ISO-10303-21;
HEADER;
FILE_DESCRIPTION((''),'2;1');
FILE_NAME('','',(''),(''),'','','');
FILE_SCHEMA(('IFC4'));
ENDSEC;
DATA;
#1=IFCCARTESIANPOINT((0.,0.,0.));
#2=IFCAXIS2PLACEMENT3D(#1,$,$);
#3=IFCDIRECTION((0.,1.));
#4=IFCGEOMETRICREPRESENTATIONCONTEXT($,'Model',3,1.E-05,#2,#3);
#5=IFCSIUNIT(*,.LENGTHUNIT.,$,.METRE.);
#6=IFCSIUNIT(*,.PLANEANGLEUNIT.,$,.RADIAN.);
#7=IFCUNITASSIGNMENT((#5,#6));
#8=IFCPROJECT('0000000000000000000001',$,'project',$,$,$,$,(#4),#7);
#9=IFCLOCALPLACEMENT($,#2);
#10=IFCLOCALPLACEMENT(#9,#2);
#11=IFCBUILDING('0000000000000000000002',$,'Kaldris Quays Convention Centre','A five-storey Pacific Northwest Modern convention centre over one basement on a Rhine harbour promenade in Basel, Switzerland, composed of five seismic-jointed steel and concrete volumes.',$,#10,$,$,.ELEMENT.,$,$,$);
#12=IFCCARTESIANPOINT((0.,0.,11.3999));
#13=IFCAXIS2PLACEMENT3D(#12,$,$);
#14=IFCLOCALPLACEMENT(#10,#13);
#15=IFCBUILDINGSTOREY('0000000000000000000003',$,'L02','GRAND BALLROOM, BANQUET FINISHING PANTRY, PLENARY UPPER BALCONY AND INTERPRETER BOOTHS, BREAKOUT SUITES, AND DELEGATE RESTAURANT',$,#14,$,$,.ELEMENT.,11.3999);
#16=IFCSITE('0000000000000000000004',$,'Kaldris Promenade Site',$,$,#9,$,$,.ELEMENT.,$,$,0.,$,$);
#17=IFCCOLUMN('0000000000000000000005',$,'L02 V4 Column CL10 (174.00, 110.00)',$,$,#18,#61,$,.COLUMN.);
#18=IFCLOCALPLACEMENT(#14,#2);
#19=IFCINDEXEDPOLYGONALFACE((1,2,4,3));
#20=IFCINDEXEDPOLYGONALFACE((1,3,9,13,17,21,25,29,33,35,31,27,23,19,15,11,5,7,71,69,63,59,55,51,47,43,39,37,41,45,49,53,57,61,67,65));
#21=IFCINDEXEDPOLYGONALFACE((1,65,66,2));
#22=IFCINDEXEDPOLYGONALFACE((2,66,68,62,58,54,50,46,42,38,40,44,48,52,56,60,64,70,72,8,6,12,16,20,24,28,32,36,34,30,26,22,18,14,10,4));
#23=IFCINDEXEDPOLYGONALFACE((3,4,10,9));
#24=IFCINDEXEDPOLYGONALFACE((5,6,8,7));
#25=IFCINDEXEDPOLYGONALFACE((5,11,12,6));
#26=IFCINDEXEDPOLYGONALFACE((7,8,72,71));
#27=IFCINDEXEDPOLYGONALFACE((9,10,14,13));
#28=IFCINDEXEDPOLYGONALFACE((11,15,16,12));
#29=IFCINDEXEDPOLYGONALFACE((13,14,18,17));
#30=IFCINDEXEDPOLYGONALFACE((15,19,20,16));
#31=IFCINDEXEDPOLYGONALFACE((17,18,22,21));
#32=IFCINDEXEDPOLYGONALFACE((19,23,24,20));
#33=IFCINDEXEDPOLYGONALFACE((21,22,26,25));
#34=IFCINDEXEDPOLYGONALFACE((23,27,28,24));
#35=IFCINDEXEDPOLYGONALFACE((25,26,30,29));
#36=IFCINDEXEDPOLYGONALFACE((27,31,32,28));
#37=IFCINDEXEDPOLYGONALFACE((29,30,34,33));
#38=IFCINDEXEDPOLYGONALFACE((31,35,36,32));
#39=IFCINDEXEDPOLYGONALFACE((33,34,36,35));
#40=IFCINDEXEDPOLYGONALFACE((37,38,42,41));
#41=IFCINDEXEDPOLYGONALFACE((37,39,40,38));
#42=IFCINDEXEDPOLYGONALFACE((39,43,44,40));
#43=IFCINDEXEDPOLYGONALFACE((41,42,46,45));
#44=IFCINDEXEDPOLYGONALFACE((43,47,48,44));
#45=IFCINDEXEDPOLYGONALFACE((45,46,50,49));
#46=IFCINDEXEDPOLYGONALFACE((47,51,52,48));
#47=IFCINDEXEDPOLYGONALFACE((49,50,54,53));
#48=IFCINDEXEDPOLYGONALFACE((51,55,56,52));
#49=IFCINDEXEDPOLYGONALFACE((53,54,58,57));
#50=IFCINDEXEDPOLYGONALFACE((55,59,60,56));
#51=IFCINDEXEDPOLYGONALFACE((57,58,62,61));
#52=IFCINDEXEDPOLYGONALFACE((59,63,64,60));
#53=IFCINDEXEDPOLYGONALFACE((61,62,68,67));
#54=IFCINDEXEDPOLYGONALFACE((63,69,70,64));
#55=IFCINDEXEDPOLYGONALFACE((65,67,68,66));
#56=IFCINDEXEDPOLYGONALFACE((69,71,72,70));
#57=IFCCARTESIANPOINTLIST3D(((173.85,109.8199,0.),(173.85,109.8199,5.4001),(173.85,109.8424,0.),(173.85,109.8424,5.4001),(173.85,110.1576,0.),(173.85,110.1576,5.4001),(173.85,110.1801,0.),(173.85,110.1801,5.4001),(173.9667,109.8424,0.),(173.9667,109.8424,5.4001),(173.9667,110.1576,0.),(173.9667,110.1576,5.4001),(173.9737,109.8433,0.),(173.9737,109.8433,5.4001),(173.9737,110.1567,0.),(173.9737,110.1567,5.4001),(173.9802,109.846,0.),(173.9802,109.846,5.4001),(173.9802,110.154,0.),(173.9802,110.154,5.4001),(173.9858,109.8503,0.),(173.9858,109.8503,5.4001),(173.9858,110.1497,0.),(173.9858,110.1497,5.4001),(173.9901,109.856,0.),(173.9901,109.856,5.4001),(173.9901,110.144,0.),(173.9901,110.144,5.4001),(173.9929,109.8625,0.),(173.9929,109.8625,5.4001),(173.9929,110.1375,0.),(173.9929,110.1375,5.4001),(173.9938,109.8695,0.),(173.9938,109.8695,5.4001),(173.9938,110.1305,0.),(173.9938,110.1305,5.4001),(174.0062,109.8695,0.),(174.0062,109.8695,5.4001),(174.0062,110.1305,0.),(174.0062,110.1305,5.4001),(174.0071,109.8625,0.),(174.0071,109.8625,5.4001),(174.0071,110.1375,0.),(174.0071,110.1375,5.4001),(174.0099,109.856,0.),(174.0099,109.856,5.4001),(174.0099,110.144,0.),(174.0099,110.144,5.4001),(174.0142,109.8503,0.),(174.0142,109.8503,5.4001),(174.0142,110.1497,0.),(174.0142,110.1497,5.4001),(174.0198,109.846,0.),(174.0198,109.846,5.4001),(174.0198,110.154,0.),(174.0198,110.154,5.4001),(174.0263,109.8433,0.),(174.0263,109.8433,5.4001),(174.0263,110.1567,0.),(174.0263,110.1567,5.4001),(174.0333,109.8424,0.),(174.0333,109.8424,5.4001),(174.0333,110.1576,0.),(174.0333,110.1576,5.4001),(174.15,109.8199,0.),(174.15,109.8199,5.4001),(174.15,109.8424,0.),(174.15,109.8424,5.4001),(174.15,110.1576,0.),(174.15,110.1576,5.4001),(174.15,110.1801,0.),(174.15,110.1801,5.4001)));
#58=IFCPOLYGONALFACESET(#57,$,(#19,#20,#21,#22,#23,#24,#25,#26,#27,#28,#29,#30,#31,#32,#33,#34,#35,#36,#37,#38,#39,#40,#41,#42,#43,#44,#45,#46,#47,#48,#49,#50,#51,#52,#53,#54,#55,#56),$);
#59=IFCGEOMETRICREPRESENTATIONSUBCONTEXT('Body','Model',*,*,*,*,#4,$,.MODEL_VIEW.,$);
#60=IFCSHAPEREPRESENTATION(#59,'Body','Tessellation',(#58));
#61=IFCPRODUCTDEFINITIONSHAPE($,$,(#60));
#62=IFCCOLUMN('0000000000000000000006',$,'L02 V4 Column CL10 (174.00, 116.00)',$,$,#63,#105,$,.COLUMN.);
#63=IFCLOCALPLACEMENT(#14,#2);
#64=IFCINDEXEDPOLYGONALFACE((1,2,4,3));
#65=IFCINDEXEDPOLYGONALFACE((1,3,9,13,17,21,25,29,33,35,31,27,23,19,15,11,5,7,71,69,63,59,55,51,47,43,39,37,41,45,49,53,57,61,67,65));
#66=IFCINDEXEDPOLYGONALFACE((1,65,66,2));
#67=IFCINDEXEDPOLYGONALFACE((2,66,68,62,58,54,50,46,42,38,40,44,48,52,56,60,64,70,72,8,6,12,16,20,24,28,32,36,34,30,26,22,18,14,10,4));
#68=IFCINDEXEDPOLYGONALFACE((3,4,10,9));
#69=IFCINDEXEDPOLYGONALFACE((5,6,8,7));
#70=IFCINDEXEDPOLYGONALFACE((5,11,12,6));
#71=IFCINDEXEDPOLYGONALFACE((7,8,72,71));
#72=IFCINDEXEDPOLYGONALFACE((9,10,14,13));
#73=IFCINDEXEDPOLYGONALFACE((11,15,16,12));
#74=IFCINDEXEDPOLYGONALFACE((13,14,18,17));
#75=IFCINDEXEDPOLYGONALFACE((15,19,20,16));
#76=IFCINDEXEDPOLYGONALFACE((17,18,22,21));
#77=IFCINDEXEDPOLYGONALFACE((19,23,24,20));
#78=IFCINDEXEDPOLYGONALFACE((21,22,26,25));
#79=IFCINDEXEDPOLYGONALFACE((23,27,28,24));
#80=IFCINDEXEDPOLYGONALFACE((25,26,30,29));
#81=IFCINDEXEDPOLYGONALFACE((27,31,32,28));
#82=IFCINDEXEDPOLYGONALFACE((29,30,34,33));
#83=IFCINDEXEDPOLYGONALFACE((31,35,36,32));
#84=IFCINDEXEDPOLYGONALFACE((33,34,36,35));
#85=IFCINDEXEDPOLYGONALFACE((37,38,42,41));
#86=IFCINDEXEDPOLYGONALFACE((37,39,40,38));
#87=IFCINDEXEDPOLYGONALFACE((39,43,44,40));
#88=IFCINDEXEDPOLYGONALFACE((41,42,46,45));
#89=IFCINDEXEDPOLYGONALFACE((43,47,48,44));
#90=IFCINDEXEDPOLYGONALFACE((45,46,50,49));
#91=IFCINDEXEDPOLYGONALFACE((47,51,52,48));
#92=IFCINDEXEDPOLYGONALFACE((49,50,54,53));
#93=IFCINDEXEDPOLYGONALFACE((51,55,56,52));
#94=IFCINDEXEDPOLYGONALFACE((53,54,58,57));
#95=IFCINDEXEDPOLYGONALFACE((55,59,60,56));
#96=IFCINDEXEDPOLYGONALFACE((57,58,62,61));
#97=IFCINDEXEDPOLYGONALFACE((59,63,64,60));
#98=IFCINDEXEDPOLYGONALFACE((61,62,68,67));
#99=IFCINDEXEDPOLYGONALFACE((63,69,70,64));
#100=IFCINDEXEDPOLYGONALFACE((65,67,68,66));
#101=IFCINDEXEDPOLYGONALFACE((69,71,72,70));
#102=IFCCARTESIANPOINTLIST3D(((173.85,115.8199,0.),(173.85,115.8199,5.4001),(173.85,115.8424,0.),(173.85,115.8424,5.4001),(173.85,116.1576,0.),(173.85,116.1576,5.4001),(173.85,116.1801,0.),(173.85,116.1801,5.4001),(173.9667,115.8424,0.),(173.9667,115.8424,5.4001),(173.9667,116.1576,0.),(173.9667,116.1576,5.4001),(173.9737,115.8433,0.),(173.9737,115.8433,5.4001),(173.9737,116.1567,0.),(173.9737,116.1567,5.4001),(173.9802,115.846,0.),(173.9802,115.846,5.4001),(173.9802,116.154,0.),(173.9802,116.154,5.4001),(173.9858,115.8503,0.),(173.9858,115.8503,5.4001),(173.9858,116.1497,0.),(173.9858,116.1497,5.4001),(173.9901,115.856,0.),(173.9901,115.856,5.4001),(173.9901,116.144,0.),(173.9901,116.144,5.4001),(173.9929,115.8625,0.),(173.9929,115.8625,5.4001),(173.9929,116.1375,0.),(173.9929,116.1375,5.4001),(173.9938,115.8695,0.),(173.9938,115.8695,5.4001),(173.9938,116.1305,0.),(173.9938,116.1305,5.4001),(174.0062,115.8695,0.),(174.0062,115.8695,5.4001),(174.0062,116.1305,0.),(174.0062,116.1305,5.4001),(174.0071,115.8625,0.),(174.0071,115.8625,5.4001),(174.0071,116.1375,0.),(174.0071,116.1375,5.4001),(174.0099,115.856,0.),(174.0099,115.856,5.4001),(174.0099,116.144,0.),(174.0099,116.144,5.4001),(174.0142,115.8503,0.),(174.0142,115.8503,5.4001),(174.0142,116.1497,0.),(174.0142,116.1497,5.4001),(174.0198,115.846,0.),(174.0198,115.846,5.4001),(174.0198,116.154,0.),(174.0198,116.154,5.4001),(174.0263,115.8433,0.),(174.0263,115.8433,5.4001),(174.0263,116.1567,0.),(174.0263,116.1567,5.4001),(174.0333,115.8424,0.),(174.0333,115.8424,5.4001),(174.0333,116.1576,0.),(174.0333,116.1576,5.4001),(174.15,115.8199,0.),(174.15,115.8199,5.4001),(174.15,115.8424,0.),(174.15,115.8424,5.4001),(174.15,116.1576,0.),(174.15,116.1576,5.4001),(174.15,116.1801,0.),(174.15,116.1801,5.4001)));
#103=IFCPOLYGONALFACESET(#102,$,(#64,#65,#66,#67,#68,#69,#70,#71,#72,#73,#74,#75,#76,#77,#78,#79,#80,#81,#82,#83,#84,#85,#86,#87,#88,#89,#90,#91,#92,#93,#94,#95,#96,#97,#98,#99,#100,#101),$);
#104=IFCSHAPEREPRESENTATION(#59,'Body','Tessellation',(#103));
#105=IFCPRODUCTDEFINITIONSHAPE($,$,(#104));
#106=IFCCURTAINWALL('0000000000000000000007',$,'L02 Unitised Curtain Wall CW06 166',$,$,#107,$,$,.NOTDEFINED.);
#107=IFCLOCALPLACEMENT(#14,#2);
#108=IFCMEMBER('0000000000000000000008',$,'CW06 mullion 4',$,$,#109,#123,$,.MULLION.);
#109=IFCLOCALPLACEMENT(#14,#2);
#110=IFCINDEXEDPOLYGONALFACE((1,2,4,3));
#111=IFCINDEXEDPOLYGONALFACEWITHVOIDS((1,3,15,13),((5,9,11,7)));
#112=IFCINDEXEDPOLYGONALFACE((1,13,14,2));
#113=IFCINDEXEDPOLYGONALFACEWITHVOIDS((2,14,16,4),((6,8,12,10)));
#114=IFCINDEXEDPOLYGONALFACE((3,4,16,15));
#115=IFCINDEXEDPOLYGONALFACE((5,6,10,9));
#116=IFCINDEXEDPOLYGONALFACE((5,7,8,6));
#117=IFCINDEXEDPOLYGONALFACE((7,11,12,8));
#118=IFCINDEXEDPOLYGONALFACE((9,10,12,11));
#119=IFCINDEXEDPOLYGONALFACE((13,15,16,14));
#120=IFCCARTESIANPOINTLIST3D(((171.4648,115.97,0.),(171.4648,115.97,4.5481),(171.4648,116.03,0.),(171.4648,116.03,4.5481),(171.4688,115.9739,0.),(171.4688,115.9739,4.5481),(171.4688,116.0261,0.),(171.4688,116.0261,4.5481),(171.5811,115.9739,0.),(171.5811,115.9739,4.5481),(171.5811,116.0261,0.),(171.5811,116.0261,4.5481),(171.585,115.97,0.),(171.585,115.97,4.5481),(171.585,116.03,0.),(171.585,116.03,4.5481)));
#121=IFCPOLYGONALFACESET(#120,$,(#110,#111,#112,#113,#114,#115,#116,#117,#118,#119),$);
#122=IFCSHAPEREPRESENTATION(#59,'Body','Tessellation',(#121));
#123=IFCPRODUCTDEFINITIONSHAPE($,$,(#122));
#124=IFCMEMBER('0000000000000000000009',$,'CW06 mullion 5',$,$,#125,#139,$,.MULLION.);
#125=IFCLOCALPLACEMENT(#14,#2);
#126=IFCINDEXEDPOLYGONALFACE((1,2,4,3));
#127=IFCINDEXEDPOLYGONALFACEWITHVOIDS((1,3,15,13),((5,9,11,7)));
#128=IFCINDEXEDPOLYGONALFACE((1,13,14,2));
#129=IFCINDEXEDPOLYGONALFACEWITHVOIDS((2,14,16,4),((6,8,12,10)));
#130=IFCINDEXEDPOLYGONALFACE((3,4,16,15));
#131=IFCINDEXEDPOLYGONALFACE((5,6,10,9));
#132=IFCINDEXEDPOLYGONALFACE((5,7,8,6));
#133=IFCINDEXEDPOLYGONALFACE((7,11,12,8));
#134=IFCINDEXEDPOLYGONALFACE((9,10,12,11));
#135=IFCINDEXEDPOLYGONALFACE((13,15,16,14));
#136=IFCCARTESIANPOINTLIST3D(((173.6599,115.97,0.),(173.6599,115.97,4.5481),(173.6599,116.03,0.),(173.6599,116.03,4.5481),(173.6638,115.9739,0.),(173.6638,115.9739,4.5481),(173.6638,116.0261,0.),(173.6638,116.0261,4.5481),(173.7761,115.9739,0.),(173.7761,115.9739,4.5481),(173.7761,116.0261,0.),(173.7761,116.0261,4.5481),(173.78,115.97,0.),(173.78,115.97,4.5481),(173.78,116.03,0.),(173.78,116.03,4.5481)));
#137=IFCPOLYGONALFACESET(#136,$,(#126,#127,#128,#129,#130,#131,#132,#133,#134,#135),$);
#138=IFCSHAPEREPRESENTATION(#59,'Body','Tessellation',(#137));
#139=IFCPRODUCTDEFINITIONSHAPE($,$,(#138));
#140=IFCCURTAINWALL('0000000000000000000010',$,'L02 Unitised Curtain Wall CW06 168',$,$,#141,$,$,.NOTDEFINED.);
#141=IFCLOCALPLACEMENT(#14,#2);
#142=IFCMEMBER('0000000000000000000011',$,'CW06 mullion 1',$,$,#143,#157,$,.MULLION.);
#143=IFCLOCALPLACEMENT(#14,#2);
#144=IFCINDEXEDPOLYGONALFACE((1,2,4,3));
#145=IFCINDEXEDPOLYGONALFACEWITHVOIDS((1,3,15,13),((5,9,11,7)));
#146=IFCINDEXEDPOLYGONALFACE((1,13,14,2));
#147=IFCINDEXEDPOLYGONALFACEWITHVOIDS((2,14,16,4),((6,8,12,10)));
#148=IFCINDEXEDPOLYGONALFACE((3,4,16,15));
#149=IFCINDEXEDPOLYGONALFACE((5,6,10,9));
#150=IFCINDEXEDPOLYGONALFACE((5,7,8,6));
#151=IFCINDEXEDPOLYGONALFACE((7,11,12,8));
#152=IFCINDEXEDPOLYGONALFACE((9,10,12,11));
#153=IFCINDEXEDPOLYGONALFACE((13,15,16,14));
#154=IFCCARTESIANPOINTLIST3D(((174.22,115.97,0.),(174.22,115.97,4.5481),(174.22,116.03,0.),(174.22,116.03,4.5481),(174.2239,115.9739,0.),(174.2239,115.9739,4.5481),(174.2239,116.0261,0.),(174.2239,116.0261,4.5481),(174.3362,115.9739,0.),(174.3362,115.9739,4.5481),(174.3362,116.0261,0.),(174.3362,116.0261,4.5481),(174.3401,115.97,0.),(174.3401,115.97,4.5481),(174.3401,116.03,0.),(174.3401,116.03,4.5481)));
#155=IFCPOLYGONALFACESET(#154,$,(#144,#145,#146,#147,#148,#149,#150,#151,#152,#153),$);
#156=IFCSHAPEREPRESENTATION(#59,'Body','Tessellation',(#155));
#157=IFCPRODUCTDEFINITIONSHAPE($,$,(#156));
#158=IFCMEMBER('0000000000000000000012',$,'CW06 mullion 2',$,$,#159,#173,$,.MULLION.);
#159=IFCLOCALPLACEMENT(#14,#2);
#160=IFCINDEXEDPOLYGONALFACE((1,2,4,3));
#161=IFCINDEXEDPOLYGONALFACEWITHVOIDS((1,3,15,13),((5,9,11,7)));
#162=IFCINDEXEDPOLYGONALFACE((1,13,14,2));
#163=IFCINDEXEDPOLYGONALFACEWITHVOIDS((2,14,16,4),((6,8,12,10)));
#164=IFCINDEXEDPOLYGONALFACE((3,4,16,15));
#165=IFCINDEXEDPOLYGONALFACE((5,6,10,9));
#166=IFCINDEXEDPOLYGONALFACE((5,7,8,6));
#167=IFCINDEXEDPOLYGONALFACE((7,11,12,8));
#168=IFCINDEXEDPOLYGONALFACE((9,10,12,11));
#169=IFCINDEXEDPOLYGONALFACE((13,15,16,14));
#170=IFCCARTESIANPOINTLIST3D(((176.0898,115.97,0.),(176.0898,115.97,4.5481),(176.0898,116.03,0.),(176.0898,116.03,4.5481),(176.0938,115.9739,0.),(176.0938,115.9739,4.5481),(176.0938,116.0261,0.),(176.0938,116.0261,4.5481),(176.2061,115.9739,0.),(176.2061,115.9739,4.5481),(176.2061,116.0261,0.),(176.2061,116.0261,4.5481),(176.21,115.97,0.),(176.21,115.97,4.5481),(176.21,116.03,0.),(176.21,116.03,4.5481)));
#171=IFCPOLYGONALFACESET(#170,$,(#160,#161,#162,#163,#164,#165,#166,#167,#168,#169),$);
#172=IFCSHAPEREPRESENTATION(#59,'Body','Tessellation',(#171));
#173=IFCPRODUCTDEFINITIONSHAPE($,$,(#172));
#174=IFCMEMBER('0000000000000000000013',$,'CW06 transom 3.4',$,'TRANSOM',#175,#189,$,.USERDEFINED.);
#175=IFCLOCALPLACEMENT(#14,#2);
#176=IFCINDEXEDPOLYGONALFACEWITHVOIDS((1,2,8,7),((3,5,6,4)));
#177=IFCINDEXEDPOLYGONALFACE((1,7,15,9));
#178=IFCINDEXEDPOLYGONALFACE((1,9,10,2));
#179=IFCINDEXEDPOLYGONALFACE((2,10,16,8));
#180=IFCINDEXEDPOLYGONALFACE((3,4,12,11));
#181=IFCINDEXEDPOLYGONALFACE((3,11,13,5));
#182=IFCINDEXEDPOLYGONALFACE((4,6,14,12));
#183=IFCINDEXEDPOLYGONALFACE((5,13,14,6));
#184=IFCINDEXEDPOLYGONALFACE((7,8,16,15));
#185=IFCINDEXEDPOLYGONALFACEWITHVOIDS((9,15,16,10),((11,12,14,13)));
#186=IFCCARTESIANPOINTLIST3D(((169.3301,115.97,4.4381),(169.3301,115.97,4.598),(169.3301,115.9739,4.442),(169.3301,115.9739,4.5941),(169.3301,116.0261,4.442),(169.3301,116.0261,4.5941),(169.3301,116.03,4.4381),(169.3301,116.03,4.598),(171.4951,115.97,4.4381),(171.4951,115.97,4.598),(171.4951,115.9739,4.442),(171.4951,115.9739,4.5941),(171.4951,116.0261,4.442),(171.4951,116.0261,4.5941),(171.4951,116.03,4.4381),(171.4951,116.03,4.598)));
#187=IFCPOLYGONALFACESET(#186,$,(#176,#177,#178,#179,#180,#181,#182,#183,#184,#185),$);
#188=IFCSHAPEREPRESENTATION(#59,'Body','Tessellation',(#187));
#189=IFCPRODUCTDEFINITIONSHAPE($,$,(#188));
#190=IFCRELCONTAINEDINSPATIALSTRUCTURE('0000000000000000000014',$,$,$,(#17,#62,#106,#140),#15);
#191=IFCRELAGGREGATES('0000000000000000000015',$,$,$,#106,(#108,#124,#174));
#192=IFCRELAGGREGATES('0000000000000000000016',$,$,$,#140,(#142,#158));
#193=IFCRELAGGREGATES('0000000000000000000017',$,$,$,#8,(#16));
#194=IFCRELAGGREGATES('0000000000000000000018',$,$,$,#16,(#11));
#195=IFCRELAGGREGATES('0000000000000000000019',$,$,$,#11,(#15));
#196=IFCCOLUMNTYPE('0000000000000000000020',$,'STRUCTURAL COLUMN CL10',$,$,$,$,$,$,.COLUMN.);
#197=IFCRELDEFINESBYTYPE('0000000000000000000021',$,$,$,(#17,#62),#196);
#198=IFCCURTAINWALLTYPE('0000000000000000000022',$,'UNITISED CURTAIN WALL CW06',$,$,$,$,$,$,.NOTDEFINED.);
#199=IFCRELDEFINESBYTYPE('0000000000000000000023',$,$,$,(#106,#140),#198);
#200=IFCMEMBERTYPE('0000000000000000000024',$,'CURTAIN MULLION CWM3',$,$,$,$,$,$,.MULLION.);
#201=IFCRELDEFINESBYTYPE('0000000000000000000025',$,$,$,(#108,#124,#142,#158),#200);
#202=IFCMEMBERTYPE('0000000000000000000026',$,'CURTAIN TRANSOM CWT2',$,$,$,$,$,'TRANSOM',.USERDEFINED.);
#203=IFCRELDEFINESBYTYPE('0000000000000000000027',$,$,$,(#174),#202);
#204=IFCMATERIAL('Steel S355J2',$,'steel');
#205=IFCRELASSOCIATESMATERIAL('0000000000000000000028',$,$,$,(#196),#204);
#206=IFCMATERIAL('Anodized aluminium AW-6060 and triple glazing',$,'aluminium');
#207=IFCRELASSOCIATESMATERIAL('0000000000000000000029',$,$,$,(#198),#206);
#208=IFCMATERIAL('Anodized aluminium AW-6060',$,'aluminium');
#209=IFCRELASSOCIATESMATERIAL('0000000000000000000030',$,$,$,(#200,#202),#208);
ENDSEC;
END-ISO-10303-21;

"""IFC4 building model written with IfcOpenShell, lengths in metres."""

from ifc_helpers import new_model, si_unit, direction, frame, origin, origin_2d, place, context, subcontext, project, spatial, hollow_rectangle, i_section, extrude, material, material_profile, profile_set, type_object, element, aggregate, save


model = new_model("IFC4")

# Units and contexts
model_context = context("Model", 3, precision=1e-05, world=origin(), true_north=direction((0.0, 1.0)))
body_context = subcontext(model_context, "Body", "Model", "MODEL_VIEW")
ifc_project = project(units=[si_unit("LENGTHUNIT", "METRE"), si_unit("PLANEANGLEUNIT", "RADIAN")], contexts=[model_context])

# Site, building, storey
site_placement = place(None, origin())
site = spatial("IfcSite", under=ifc_project, at=site_placement, Name="Kaldris Promenade Site", CompositionType="ELEMENT", RefElevation=0.0)
building_placement = place(site_placement, origin())
building = spatial("IfcBuilding", under=site, at=building_placement, Name="Kaldris Quays Convention Centre", Description="A five-storey Pacific Northwest Modern convention centre over one basement on a Rhine harbour promenade in Basel, Switzerland, composed of five seismic-jointed steel and concrete volumes.", CompositionType="ELEMENT")
storey_placement = place(building_placement, frame((0.0, 0.0, 11.3999)))
storey = spatial("IfcBuildingStorey", under=building, at=storey_placement, Name="L02", Description="GRAND BALLROOM, BANQUET FINISHING PANTRY, PLENARY UPPER BALCONY AND INTERPRETER BOOTHS, BREAKOUT SUITES, AND DELEGATE RESTAURANT", CompositionType="ELEMENT", Elevation=11.3999)

# Columns
ifc_material_1 = material(Name="Steel S355J2", Category="steel")
ifc_material_profile_1 = material_profile(ifc_material_1, i_section(OverallWidth=0.3, OverallDepth=0.3601, WebThickness=0.0125, FlangeThickness=0.0225, FilletRadius=0.0271, at=origin_2d()), Name="HEB 360")
ifc_profile_set_1 = profile_set([ifc_material_profile_1], Name="Steel S355J2")
column_type = type_object("IfcColumnType", Name="STRUCTURAL COLUMN CL10", PredefinedType="COLUMN", material=ifc_profile_set_1)
for number, where, z_axis, x_axis, name in (
    (1, (174.0, 110.0, 0.0), (0.0, 0.0, 1.0), (1.0, 0.0, 0.0), "L02 V4 Column CL10 (174.00, 110.00)"),
    (2, (174.0, 116.0, 0.0), (0.0, 0.0, 1.0), (1.0, 0.0, 0.0), "L02 V4 Column CL10 (174.00, 116.00)"),
):
    element("IfcColumn", number, at=place(storey_placement, frame(where, z_axis=z_axis, x_axis=x_axis)), inside=storey, type_object=column_type, Name=name, PredefinedType="COLUMN", context=body_context, shape_type="SweptSolid", body=[
        extrude(i_section(OverallWidth=0.3, OverallDepth=0.3601, WebThickness=0.0125, FlangeThickness=0.0225, FilletRadius=0.0271, at=origin_2d()), origin(), (0.0, 0.0, 1.0), 5.4001),
    ])

# Curtain walls, members
ifc_material_2 = material(Name="Anodized aluminium AW-6060 and triple glazing", Category="aluminium")
curtain_wall_type = type_object("IfcCurtainWallType", Name="UNITISED CURTAIN WALL CW06", PredefinedType="NOTDEFINED", material=ifc_material_2)
curtain_wall_1_placement = place(storey_placement, origin())
curtain_wall_1 = element("IfcCurtainWall", 3, at=curtain_wall_1_placement, inside=storey, type_object=curtain_wall_type, Name="L02 Unitised Curtain Wall CW06 166", PredefinedType="NOTDEFINED")
ifc_material_3 = material(Name="Anodized aluminium AW-6060", Category="aluminium")
ifc_material_profile_2 = material_profile(ifc_material_3, hollow_rectangle(XDim=0.0601, YDim=0.1201, WallThickness=0.0039, at=origin_2d()), Name="RHS 120x60x4")
ifc_profile_set_2 = profile_set([ifc_material_profile_2], Name="Anodized aluminium AW-6060")
member_type_1 = type_object("IfcMemberType", Name="CURTAIN MULLION CWM3", PredefinedType="MULLION", material=ifc_profile_set_2)
member_1_placement = place(storey_placement, frame((171.5249, 116.0, 0.0), z_axis=(0.0, 0.0, 1.0), x_axis=(0.0, 1.0, 0.0)))
member_1 = element("IfcMember", 4, at=member_1_placement, type_object=member_type_1, Name="CW06 mullion 4", PredefinedType="MULLION", context=body_context, shape_type="SweptSolid", body=[
    extrude(hollow_rectangle(XDim=0.0601, YDim=0.1201, WallThickness=0.0039, at=origin_2d()), origin(), (0.0, 0.0, 1.0), 4.5481),
])
member_2_placement = place(storey_placement, frame((173.72, 116.0, 0.0), z_axis=(0.0, 0.0, 1.0), x_axis=(0.0, 1.0, 0.0)))
member_2 = element("IfcMember", 5, at=member_2_placement, type_object=member_type_1, Name="CW06 mullion 5", PredefinedType="MULLION", context=body_context, shape_type="SweptSolid", body=[
    extrude(hollow_rectangle(XDim=0.0601, YDim=0.1201, WallThickness=0.0039, at=origin_2d()), origin(), (0.0, 0.0, 1.0), 4.5481),
])
curtain_wall_2_placement = place(storey_placement, origin())
curtain_wall_2 = element("IfcCurtainWall", 6, at=curtain_wall_2_placement, inside=storey, type_object=curtain_wall_type, Name="L02 Unitised Curtain Wall CW06 168", PredefinedType="NOTDEFINED")
member_3_placement = place(storey_placement, frame((174.28, 116.0, 0.0), z_axis=(0.0, 0.0, 1.0), x_axis=(0.0, 1.0, 0.0)))
member_3 = element("IfcMember", 7, at=member_3_placement, type_object=member_type_1, Name="CW06 mullion 1", PredefinedType="MULLION", context=body_context, shape_type="SweptSolid", body=[
    extrude(hollow_rectangle(XDim=0.0601, YDim=0.1201, WallThickness=0.0039, at=origin_2d()), origin(), (0.0, 0.0, 1.0), 4.5481),
])
member_4_placement = place(storey_placement, frame((176.1499, 116.0, 0.0), z_axis=(0.0, 0.0, 1.0), x_axis=(0.0, 1.0, 0.0)))
member_4 = element("IfcMember", 8, at=member_4_placement, type_object=member_type_1, Name="CW06 mullion 2", PredefinedType="MULLION", context=body_context, shape_type="SweptSolid", body=[
    extrude(hollow_rectangle(XDim=0.0601, YDim=0.1201, WallThickness=0.0039, at=origin_2d()), origin(), (0.0, 0.0, 1.0), 4.5481),
])

# Member
ifc_material_profile_3 = material_profile(ifc_material_3, hollow_rectangle(XDim=0.0601, YDim=0.1599, WallThickness=0.0039, at=origin_2d()), Name="RHS 160x60x4")
ifc_profile_set_3 = profile_set([ifc_material_profile_3], Name="Anodized aluminium AW-6060")
member_type_2 = type_object("IfcMemberType", Name="CURTAIN TRANSOM CWT2", ElementType="TRANSOM", PredefinedType="USERDEFINED", material=ifc_profile_set_3)
member_5_placement = place(storey_placement, frame((169.3301, 116.0, 4.5181), z_axis=(1.0, 0.0, 0.0), x_axis=(0.0, 1.0, 0.0)))
member_5 = element("IfcMember", 9, at=member_5_placement, type_object=member_type_2, Name="CW06 transom 3.4", ObjectType="TRANSOM", PredefinedType="USERDEFINED", context=body_context, shape_type="SweptSolid", body=[
    extrude(hollow_rectangle(XDim=0.0601, YDim=0.1599, WallThickness=0.0039, at=origin_2d()), origin(), (0.0, 0.0, 1.0), 2.165),
])

aggregate(curtain_wall_1, [member_1, member_2, member_5])
aggregate(curtain_wall_2, [member_3, member_4])

save(model, "model.ifc")
